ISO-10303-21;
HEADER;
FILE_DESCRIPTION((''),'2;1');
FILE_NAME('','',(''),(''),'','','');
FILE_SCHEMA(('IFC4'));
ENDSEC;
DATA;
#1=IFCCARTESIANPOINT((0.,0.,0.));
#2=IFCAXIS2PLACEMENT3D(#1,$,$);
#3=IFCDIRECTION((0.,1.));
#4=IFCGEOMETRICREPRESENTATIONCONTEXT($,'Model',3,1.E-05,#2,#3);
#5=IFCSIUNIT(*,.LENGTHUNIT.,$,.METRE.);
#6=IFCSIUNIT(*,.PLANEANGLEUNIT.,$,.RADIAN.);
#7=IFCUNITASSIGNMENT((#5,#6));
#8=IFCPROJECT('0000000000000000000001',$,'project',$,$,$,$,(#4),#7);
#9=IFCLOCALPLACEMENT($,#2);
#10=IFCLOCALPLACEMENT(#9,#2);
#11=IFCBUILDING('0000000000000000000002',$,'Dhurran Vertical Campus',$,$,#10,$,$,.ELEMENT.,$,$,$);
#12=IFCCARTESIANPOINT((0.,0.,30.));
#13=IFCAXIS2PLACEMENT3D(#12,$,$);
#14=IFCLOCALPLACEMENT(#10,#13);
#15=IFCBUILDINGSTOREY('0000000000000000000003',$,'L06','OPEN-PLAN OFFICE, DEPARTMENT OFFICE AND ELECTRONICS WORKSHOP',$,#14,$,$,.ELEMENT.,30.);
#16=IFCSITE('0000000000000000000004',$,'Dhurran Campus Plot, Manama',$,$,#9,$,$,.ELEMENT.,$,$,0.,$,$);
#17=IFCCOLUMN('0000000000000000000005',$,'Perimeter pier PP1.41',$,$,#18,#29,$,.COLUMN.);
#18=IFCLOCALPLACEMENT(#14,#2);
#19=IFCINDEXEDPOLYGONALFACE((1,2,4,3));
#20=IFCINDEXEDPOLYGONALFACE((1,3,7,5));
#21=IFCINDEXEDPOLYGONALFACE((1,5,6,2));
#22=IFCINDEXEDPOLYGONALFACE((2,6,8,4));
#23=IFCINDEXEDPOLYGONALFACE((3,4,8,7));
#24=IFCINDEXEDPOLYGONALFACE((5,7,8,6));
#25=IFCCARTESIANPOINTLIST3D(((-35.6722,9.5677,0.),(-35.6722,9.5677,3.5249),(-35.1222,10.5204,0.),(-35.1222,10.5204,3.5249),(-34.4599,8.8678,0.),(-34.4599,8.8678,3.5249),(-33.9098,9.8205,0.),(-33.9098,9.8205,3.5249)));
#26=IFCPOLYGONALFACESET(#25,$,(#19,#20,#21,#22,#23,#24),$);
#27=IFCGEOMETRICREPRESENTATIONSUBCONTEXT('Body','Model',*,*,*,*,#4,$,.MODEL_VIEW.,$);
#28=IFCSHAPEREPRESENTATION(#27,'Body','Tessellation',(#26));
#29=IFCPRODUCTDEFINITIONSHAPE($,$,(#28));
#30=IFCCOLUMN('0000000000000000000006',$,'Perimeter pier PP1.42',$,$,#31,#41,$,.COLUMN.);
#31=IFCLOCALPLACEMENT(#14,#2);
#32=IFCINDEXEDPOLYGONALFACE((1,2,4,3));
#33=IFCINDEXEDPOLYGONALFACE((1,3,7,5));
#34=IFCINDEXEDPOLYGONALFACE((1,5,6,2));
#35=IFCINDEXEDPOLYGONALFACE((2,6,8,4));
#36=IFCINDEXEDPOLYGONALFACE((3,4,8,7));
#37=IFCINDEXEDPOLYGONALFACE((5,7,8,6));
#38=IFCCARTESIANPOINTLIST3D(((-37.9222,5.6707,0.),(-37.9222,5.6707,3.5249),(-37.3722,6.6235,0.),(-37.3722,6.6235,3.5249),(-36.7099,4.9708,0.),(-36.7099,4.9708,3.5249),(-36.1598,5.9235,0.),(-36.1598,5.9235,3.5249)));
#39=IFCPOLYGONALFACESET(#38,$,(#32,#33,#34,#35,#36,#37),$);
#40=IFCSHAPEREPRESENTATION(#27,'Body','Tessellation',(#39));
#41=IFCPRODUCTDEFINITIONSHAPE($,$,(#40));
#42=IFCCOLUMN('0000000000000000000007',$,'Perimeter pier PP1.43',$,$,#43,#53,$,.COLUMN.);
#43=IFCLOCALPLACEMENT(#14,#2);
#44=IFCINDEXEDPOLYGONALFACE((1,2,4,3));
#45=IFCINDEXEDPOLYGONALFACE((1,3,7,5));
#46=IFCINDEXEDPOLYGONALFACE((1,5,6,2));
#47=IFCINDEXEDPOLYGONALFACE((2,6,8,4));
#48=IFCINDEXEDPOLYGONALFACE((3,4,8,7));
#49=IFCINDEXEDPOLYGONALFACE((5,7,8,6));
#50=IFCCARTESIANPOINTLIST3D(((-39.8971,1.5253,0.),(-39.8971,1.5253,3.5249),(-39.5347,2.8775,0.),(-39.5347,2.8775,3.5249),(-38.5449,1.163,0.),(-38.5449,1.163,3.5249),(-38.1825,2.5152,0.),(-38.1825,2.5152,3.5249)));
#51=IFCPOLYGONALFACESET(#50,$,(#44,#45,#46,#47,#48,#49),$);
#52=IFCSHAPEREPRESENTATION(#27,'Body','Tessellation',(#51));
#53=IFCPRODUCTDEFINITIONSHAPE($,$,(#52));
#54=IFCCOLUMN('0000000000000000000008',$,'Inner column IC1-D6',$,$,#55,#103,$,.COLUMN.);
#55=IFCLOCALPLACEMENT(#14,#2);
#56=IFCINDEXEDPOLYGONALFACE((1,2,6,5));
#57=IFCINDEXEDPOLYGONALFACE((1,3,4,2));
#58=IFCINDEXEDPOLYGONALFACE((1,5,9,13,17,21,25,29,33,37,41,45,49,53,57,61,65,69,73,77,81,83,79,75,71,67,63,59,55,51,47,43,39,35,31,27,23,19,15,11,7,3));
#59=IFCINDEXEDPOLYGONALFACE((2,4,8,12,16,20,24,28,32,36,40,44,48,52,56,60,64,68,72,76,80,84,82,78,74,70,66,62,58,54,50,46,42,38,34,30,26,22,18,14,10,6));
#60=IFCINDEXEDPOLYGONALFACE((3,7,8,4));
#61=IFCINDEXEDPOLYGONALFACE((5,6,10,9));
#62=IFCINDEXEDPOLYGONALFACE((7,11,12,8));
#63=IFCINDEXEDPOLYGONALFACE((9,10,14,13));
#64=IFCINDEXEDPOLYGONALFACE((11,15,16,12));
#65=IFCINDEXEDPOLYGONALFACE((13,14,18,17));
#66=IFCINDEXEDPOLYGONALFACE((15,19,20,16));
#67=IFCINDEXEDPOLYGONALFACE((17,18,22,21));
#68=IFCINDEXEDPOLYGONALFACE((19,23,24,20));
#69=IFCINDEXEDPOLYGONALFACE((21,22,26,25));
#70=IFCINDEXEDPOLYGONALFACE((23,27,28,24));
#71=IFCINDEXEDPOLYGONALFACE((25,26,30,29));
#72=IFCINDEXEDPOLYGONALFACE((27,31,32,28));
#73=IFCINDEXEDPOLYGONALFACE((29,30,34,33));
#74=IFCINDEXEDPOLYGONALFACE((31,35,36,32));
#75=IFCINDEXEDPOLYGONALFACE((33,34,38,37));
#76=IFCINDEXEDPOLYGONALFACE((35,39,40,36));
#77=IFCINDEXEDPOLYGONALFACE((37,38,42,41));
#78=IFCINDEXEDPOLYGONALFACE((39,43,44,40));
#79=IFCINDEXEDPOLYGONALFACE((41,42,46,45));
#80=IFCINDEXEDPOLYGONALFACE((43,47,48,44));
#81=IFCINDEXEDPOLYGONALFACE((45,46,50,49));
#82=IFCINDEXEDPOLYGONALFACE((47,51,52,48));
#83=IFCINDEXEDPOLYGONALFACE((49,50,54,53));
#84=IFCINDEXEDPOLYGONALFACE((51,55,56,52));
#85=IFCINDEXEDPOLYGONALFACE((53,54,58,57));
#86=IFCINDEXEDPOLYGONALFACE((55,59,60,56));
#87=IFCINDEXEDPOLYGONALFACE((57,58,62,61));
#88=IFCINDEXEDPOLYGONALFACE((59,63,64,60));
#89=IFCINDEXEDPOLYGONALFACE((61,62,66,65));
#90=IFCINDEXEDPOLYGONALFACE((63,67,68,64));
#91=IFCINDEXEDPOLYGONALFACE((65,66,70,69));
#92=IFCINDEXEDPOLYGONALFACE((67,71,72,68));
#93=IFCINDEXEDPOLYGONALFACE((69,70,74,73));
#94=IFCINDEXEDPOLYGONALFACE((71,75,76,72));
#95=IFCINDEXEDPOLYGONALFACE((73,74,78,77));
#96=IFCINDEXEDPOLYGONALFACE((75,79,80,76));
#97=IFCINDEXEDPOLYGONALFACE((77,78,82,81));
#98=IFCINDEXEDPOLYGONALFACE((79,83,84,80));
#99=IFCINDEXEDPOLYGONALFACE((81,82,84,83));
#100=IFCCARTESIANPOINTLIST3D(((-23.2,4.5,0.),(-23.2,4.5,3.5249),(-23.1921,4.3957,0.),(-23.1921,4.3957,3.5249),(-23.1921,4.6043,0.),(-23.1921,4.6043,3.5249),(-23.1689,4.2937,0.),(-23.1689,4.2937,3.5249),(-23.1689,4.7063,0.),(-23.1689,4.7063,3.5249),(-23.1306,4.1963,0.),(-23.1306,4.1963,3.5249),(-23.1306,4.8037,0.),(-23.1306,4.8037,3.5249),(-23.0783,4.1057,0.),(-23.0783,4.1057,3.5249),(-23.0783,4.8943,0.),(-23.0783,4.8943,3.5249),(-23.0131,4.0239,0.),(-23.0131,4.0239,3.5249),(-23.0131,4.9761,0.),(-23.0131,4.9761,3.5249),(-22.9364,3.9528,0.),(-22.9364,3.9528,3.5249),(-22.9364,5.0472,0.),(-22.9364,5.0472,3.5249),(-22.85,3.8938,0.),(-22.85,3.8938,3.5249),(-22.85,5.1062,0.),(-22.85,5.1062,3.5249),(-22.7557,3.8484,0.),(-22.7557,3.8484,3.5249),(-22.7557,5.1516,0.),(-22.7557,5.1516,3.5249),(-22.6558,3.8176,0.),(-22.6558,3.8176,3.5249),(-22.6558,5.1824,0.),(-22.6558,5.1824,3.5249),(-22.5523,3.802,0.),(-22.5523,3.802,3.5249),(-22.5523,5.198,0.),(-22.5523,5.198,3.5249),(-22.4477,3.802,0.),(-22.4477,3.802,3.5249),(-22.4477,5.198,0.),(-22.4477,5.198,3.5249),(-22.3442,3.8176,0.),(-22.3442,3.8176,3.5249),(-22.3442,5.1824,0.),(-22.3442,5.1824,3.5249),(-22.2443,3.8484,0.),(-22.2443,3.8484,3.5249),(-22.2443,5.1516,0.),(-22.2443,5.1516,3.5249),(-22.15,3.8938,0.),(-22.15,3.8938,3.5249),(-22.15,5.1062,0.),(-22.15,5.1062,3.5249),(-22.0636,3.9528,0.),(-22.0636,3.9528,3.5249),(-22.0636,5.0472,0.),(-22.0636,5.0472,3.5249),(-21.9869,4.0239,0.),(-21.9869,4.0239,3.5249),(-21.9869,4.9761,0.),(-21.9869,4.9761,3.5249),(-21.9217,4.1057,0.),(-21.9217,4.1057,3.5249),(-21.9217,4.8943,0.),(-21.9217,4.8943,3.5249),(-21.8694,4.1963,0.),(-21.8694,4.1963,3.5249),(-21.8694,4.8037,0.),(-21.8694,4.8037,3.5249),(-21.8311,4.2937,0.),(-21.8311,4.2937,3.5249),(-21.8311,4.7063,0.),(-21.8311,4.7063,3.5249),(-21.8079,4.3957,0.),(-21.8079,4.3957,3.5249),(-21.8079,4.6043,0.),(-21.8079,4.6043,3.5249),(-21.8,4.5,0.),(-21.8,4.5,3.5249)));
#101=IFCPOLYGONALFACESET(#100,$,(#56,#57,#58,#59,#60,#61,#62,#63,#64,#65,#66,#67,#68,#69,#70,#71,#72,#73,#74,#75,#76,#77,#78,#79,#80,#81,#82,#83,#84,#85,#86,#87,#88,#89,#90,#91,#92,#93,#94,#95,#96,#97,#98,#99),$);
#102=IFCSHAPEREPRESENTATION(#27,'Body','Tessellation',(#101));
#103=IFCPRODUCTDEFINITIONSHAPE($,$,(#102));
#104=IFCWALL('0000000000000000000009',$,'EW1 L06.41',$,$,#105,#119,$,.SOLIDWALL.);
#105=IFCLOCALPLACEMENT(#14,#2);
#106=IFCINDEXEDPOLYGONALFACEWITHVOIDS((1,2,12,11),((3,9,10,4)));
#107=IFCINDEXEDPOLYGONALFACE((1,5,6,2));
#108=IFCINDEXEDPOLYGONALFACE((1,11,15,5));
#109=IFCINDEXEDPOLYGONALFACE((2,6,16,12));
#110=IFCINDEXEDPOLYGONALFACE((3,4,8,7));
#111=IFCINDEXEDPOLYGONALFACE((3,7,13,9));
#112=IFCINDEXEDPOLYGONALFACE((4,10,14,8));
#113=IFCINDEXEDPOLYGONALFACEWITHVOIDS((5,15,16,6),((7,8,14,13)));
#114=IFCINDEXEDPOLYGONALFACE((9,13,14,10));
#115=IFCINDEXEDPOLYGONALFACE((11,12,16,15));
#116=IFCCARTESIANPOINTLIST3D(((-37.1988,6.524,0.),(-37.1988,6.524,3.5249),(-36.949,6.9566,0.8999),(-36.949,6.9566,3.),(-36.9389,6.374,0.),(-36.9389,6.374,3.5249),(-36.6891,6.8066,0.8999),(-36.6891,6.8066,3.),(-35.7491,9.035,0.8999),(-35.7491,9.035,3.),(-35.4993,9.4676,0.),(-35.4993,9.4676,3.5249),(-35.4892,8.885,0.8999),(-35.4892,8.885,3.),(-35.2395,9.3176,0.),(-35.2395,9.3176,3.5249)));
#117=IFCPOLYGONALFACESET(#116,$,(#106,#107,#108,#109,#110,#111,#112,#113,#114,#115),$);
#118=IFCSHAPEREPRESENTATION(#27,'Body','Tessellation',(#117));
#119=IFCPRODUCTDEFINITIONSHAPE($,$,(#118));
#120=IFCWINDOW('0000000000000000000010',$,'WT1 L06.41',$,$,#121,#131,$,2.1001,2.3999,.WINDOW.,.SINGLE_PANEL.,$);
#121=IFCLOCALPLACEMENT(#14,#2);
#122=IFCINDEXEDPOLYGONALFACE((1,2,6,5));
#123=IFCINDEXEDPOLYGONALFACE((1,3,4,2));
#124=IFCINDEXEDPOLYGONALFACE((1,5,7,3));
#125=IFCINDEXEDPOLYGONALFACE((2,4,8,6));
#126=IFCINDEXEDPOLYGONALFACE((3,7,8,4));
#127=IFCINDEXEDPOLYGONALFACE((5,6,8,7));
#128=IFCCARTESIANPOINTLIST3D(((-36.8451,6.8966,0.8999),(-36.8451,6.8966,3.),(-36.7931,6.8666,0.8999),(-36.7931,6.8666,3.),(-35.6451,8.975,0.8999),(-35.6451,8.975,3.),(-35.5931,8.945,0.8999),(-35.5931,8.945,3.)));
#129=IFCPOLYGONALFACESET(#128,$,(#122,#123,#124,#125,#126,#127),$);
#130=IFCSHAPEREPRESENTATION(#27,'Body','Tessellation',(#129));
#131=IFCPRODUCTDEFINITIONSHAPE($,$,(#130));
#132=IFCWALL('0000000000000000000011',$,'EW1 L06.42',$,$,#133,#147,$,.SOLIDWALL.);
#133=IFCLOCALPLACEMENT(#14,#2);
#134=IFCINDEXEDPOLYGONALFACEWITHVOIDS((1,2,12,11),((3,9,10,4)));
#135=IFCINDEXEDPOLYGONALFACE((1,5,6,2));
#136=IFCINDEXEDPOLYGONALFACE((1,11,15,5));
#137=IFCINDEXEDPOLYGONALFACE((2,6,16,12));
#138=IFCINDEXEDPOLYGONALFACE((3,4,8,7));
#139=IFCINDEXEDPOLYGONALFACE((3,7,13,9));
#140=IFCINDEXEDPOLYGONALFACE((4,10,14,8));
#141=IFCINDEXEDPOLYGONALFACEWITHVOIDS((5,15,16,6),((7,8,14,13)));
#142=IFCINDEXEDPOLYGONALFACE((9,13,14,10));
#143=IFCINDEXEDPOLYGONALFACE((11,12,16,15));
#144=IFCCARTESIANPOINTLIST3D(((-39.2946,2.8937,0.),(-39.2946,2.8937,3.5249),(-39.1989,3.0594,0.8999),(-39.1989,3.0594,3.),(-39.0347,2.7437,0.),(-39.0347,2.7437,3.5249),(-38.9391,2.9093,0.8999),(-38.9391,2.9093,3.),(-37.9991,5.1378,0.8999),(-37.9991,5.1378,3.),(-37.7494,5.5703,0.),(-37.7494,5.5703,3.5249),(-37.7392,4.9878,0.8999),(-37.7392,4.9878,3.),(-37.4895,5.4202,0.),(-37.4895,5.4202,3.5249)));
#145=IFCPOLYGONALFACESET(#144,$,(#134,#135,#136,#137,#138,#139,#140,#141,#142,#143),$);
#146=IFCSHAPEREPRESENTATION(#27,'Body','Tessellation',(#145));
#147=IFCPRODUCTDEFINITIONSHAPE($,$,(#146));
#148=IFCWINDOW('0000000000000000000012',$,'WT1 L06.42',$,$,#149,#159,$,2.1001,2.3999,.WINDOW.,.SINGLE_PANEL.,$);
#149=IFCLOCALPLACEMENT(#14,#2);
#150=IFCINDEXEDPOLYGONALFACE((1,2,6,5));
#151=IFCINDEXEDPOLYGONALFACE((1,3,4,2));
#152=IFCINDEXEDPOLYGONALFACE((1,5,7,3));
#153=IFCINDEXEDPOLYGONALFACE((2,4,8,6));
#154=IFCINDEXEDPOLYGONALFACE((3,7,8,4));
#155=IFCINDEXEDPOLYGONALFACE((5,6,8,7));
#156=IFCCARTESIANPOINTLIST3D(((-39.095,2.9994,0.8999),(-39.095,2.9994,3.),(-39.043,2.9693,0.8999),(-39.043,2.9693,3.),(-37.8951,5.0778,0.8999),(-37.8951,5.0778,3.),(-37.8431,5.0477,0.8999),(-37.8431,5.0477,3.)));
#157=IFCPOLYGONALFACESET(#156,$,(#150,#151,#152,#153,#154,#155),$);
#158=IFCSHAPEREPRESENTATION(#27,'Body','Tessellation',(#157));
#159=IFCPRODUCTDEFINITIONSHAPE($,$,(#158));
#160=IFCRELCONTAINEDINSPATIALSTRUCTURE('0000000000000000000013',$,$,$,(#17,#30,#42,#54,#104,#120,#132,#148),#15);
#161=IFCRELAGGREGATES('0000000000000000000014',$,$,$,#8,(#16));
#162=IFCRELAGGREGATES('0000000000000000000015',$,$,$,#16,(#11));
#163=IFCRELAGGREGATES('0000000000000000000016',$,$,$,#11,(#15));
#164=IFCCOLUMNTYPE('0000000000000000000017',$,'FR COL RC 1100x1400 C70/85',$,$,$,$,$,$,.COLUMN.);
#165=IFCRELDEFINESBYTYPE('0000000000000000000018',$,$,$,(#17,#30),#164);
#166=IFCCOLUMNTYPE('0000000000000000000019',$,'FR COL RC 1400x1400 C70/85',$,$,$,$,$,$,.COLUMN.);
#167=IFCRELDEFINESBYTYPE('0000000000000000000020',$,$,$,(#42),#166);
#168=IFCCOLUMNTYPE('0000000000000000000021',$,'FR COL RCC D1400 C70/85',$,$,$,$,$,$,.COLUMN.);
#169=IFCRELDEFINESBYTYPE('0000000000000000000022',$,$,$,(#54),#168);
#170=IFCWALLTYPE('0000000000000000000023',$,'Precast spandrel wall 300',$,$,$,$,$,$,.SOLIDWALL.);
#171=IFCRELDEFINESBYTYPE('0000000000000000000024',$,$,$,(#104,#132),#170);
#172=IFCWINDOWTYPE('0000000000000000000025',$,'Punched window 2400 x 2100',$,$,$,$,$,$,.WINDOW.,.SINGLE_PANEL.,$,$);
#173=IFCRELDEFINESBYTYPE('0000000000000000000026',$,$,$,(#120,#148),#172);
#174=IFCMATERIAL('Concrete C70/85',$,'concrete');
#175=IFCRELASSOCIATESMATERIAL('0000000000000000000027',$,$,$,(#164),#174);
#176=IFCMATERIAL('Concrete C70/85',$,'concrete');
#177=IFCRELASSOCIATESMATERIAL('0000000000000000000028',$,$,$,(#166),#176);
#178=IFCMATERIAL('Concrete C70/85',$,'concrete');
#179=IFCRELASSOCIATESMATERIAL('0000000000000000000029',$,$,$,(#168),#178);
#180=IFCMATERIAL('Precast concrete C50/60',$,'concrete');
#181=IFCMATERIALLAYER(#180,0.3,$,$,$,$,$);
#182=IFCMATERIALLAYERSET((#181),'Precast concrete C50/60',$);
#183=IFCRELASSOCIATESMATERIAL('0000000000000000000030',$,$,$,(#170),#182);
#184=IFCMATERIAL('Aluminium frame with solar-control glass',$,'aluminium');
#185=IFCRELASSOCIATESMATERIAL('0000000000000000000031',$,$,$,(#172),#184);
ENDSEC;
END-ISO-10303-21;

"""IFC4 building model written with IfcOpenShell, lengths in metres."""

from ifc_helpers import new_model, si_unit, direction, frame, frame_2d, origin, origin_2d, place, context, subcontext, project, spatial, rectangle, circle, extrude, material, layer, layer_set, material_profile, profile_set, type_object, element, fill, save


model = new_model("IFC4")

# Units and contexts
model_context = context("Model", 3, precision=1e-05, world=origin(), true_north=direction((0.0, 1.0)))
body_context = subcontext(model_context, "Body", "Model", "MODEL_VIEW")
ifc_project = project(units=[si_unit("LENGTHUNIT", "METRE"), si_unit("PLANEANGLEUNIT", "RADIAN")], contexts=[model_context])

# Site, building, storey
site_placement = place(None, origin())
site = spatial("IfcSite", under=ifc_project, at=site_placement, Name="Dhurran Campus Plot, Manama", CompositionType="ELEMENT", RefElevation=0.0)
building_placement = place(site_placement, origin())
building = spatial("IfcBuilding", under=site, at=building_placement, Name="Dhurran Vertical Campus", CompositionType="ELEMENT")
storey_placement = place(building_placement, frame((0.0, 0.0, 30.0)))
storey = spatial("IfcBuildingStorey", under=building, at=storey_placement, Name="L06", Description="OPEN-PLAN OFFICE, DEPARTMENT OFFICE AND ELECTRONICS WORKSHOP", CompositionType="ELEMENT", Elevation=30.0)

# Columns
ifc_material_1 = material(Name="Concrete C70/85", Category="concrete")
ifc_material_profile_1 = material_profile(ifc_material_1, rectangle(XDim=1.1001, YDim=1.3999, at=origin_2d()), Name="RC 1100x1400")
ifc_profile_set_1 = profile_set([ifc_material_profile_1], Name="Concrete C70/85")
column_type_1 = type_object("IfcColumnType", Name="FR COL RC 1100x1400 C70/85", PredefinedType="COLUMN", material=ifc_profile_set_1)
for number, where, z_axis, x_axis, name in (
    (1, (-34.791, 9.6941, 0.0), (0.0, 0.0, 1.0), (-0.5, -0.866025, 0.0), "Perimeter pier PP1.41"),
    (2, (-37.041, 5.7971, 0.0), (0.0, 0.0, 1.0), (-0.5, -0.866025, 0.0), "Perimeter pier PP1.42"),
):
    element("IfcColumn", number, at=place(storey_placement, frame(where, z_axis=z_axis, x_axis=x_axis)), inside=storey, type_object=column_type_1, Name=name, PredefinedType="COLUMN", context=body_context, shape_type="SweptSolid", body=[
        extrude(rectangle(XDim=1.1001, YDim=1.3999, at=origin_2d()), origin(), (0.0, 0.0, 1.0), 3.5249),
    ])
ifc_material_2 = material(Name="Concrete C70/85", Category="concrete")
ifc_material_profile_2 = material_profile(ifc_material_2, rectangle(XDim=1.3999, YDim=1.3999, at=origin_2d()), Name="RC 1400x1400")
ifc_profile_set_2 = profile_set([ifc_material_profile_2], Name="Concrete C70/85")
column_type_2 = type_object("IfcColumnType", Name="FR COL RC 1400x1400 C70/85", PredefinedType="COLUMN", material=ifc_profile_set_2)
column_1_placement = place(storey_placement, frame((-39.0398, 2.0203, 0.0), z_axis=(0.0, 0.0, 1.0), x_axis=(-0.258819, -0.965926, 0.0)))
element("IfcColumn", 3, at=column_1_placement, inside=storey, type_object=column_type_2, Name="Perimeter pier PP1.43", PredefinedType="COLUMN", context=body_context, shape_type="SweptSolid", body=[
    extrude(rectangle(XDim=1.3999, YDim=1.3999, at=origin_2d()), origin(), (0.0, 0.0, 1.0), 3.5249),
])
ifc_material_3 = material(Name="Concrete C70/85", Category="concrete")
ifc_material_profile_3 = material_profile(ifc_material_3, circle(Radius=0.7, at=origin_2d()), Name="RCC D1400")
ifc_profile_set_3 = profile_set([ifc_material_profile_3], Name="Concrete C70/85")
column_type_3 = type_object("IfcColumnType", Name="FR COL RCC D1400 C70/85", PredefinedType="COLUMN", material=ifc_profile_set_3)
column_2_placement = place(storey_placement, frame((-22.5, 4.5, 0.0), z_axis=(0.0, 0.0, 1.0), x_axis=(1.0, 0.0, 0.0)))
element("IfcColumn", 4, at=column_2_placement, inside=storey, type_object=column_type_3, Name="Inner column IC1-D6", PredefinedType="COLUMN", context=body_context, shape_type="SweptSolid", body=[
    extrude(circle(Radius=0.7, at=origin_2d()), origin(), (0.0, 0.0, 1.0), 3.5249),
])

# Walls, openings, windows
ifc_material_4 = material(Name="Precast concrete C50/60", Category="concrete")
ifc_layer_1 = layer(ifc_material_4, 0.3)
ifc_layer_set_1 = layer_set([ifc_layer_1], Name="Precast concrete C50/60")
wall_type_1 = type_object("IfcWallType", Name="Precast spandrel wall 300", PredefinedType="SOLIDWALL", material=ifc_layer_set_1)
wall_1_placement = place(storey_placement, frame((-35.3694, 9.3926, 0.0), z_axis=(0.0, 0.0, 1.0), x_axis=(-0.499994, -0.866029, 0.0)))
wall_1 = element("IfcWall", 5, at=wall_1_placement, inside=storey, type_object=wall_type_1, Name="EW1 L06.41", PredefinedType="SOLIDWALL", context=body_context, shape_type="SweptSolid", body=[
    extrude(rectangle(XDim=3.3989, YDim=0.3, at=frame_2d((1.6995, 0.0))), origin(), (0.0, 0.0, 1.0), 3.5249),
])
opening_1_placement = place(wall_1_placement, frame((0.4995, 0.0, 0.8999)))
opening_1 = element("IfcOpeningElement", 6, at=opening_1_placement, cuts=wall_1, PredefinedType="OPENING", context=body_context, shape_type="SweptSolid", body=[
    extrude(rectangle(XDim=2.3999, YDim=2.1001, at=frame_2d((1.2, 1.05))), frame((0.0, 0.1599, 0.0), z_axis=(0.0, -1.0, 0.0), x_axis=(1.0, 0.0, 0.0)), (0.0, 0.0, 1.0), 0.3201),
])
ifc_material_5 = material(Name="Aluminium frame with solar-control glass", Category="aluminium")
window_type = type_object("IfcWindowType", Name="Punched window 2400 x 2100", PartitioningType="SINGLE_PANEL", PredefinedType="WINDOW", material=ifc_material_5)
window_1_placement = place(opening_1_placement, origin())
window_1 = element("IfcWindow", 7, at=window_1_placement, inside=storey, type_object=window_type, Name="WT1 L06.41", OverallHeight=2.1001, OverallWidth=2.3999, PartitioningType="SINGLE_PANEL", PredefinedType="WINDOW", context=body_context, shape_type="SweptSolid", body=[
    extrude(rectangle(XDim=2.3999, YDim=2.1001, at=frame_2d((1.2, 1.05))), frame((0.0, 0.03, 0.0), z_axis=(0.0, -1.0, 0.0), x_axis=(1.0, 0.0, 0.0)), (0.0, 0.0, 1.0), 0.0601),
])
fill(opening_1, window_1)
wall_2_placement = place(storey_placement, frame((-37.6194, 5.4954, 0.0), z_axis=(0.0, 0.0, 1.0), x_axis=(-0.499971, -0.866042, 0.0)))
wall_2 = element("IfcWall", 8, at=wall_2_placement, inside=storey, type_object=wall_type_1, Name="EW1 L06.42", PredefinedType="SOLIDWALL", context=body_context, shape_type="SweptSolid", body=[
    extrude(rectangle(XDim=3.0906, YDim=0.3, at=frame_2d((1.5454, 0.0))), origin(), (0.0, 0.0, 1.0), 3.5249),
])
opening_2_placement = place(wall_2_placement, frame((0.4995, 0.0, 0.8999)))
opening_2 = element("IfcOpeningElement", 9, at=opening_2_placement, cuts=wall_2, PredefinedType="OPENING", context=body_context, shape_type="SweptSolid", body=[
    extrude(rectangle(XDim=2.3999, YDim=2.1001, at=frame_2d((1.2, 1.05))), frame((0.0, 0.1599, 0.0), z_axis=(0.0, -1.0, 0.0), x_axis=(1.0, 0.0, 0.0)), (0.0, 0.0, 1.0), 0.3201),
])
window_2_placement = place(opening_2_placement, origin())
window_2 = element("IfcWindow", 10, at=window_2_placement, inside=storey, type_object=window_type, Name="WT1 L06.42", OverallHeight=2.1001, OverallWidth=2.3999, PartitioningType="SINGLE_PANEL", PredefinedType="WINDOW", context=body_context, shape_type="SweptSolid", body=[
    extrude(rectangle(XDim=2.3999, YDim=2.1001, at=frame_2d((1.2, 1.05))), frame((0.0, 0.03, 0.0), z_axis=(0.0, -1.0, 0.0), x_axis=(1.0, 0.0, 0.0)), (0.0, 0.0, 1.0), 0.0601),
])
fill(opening_2, window_2)

save(model, "model.ifc")
